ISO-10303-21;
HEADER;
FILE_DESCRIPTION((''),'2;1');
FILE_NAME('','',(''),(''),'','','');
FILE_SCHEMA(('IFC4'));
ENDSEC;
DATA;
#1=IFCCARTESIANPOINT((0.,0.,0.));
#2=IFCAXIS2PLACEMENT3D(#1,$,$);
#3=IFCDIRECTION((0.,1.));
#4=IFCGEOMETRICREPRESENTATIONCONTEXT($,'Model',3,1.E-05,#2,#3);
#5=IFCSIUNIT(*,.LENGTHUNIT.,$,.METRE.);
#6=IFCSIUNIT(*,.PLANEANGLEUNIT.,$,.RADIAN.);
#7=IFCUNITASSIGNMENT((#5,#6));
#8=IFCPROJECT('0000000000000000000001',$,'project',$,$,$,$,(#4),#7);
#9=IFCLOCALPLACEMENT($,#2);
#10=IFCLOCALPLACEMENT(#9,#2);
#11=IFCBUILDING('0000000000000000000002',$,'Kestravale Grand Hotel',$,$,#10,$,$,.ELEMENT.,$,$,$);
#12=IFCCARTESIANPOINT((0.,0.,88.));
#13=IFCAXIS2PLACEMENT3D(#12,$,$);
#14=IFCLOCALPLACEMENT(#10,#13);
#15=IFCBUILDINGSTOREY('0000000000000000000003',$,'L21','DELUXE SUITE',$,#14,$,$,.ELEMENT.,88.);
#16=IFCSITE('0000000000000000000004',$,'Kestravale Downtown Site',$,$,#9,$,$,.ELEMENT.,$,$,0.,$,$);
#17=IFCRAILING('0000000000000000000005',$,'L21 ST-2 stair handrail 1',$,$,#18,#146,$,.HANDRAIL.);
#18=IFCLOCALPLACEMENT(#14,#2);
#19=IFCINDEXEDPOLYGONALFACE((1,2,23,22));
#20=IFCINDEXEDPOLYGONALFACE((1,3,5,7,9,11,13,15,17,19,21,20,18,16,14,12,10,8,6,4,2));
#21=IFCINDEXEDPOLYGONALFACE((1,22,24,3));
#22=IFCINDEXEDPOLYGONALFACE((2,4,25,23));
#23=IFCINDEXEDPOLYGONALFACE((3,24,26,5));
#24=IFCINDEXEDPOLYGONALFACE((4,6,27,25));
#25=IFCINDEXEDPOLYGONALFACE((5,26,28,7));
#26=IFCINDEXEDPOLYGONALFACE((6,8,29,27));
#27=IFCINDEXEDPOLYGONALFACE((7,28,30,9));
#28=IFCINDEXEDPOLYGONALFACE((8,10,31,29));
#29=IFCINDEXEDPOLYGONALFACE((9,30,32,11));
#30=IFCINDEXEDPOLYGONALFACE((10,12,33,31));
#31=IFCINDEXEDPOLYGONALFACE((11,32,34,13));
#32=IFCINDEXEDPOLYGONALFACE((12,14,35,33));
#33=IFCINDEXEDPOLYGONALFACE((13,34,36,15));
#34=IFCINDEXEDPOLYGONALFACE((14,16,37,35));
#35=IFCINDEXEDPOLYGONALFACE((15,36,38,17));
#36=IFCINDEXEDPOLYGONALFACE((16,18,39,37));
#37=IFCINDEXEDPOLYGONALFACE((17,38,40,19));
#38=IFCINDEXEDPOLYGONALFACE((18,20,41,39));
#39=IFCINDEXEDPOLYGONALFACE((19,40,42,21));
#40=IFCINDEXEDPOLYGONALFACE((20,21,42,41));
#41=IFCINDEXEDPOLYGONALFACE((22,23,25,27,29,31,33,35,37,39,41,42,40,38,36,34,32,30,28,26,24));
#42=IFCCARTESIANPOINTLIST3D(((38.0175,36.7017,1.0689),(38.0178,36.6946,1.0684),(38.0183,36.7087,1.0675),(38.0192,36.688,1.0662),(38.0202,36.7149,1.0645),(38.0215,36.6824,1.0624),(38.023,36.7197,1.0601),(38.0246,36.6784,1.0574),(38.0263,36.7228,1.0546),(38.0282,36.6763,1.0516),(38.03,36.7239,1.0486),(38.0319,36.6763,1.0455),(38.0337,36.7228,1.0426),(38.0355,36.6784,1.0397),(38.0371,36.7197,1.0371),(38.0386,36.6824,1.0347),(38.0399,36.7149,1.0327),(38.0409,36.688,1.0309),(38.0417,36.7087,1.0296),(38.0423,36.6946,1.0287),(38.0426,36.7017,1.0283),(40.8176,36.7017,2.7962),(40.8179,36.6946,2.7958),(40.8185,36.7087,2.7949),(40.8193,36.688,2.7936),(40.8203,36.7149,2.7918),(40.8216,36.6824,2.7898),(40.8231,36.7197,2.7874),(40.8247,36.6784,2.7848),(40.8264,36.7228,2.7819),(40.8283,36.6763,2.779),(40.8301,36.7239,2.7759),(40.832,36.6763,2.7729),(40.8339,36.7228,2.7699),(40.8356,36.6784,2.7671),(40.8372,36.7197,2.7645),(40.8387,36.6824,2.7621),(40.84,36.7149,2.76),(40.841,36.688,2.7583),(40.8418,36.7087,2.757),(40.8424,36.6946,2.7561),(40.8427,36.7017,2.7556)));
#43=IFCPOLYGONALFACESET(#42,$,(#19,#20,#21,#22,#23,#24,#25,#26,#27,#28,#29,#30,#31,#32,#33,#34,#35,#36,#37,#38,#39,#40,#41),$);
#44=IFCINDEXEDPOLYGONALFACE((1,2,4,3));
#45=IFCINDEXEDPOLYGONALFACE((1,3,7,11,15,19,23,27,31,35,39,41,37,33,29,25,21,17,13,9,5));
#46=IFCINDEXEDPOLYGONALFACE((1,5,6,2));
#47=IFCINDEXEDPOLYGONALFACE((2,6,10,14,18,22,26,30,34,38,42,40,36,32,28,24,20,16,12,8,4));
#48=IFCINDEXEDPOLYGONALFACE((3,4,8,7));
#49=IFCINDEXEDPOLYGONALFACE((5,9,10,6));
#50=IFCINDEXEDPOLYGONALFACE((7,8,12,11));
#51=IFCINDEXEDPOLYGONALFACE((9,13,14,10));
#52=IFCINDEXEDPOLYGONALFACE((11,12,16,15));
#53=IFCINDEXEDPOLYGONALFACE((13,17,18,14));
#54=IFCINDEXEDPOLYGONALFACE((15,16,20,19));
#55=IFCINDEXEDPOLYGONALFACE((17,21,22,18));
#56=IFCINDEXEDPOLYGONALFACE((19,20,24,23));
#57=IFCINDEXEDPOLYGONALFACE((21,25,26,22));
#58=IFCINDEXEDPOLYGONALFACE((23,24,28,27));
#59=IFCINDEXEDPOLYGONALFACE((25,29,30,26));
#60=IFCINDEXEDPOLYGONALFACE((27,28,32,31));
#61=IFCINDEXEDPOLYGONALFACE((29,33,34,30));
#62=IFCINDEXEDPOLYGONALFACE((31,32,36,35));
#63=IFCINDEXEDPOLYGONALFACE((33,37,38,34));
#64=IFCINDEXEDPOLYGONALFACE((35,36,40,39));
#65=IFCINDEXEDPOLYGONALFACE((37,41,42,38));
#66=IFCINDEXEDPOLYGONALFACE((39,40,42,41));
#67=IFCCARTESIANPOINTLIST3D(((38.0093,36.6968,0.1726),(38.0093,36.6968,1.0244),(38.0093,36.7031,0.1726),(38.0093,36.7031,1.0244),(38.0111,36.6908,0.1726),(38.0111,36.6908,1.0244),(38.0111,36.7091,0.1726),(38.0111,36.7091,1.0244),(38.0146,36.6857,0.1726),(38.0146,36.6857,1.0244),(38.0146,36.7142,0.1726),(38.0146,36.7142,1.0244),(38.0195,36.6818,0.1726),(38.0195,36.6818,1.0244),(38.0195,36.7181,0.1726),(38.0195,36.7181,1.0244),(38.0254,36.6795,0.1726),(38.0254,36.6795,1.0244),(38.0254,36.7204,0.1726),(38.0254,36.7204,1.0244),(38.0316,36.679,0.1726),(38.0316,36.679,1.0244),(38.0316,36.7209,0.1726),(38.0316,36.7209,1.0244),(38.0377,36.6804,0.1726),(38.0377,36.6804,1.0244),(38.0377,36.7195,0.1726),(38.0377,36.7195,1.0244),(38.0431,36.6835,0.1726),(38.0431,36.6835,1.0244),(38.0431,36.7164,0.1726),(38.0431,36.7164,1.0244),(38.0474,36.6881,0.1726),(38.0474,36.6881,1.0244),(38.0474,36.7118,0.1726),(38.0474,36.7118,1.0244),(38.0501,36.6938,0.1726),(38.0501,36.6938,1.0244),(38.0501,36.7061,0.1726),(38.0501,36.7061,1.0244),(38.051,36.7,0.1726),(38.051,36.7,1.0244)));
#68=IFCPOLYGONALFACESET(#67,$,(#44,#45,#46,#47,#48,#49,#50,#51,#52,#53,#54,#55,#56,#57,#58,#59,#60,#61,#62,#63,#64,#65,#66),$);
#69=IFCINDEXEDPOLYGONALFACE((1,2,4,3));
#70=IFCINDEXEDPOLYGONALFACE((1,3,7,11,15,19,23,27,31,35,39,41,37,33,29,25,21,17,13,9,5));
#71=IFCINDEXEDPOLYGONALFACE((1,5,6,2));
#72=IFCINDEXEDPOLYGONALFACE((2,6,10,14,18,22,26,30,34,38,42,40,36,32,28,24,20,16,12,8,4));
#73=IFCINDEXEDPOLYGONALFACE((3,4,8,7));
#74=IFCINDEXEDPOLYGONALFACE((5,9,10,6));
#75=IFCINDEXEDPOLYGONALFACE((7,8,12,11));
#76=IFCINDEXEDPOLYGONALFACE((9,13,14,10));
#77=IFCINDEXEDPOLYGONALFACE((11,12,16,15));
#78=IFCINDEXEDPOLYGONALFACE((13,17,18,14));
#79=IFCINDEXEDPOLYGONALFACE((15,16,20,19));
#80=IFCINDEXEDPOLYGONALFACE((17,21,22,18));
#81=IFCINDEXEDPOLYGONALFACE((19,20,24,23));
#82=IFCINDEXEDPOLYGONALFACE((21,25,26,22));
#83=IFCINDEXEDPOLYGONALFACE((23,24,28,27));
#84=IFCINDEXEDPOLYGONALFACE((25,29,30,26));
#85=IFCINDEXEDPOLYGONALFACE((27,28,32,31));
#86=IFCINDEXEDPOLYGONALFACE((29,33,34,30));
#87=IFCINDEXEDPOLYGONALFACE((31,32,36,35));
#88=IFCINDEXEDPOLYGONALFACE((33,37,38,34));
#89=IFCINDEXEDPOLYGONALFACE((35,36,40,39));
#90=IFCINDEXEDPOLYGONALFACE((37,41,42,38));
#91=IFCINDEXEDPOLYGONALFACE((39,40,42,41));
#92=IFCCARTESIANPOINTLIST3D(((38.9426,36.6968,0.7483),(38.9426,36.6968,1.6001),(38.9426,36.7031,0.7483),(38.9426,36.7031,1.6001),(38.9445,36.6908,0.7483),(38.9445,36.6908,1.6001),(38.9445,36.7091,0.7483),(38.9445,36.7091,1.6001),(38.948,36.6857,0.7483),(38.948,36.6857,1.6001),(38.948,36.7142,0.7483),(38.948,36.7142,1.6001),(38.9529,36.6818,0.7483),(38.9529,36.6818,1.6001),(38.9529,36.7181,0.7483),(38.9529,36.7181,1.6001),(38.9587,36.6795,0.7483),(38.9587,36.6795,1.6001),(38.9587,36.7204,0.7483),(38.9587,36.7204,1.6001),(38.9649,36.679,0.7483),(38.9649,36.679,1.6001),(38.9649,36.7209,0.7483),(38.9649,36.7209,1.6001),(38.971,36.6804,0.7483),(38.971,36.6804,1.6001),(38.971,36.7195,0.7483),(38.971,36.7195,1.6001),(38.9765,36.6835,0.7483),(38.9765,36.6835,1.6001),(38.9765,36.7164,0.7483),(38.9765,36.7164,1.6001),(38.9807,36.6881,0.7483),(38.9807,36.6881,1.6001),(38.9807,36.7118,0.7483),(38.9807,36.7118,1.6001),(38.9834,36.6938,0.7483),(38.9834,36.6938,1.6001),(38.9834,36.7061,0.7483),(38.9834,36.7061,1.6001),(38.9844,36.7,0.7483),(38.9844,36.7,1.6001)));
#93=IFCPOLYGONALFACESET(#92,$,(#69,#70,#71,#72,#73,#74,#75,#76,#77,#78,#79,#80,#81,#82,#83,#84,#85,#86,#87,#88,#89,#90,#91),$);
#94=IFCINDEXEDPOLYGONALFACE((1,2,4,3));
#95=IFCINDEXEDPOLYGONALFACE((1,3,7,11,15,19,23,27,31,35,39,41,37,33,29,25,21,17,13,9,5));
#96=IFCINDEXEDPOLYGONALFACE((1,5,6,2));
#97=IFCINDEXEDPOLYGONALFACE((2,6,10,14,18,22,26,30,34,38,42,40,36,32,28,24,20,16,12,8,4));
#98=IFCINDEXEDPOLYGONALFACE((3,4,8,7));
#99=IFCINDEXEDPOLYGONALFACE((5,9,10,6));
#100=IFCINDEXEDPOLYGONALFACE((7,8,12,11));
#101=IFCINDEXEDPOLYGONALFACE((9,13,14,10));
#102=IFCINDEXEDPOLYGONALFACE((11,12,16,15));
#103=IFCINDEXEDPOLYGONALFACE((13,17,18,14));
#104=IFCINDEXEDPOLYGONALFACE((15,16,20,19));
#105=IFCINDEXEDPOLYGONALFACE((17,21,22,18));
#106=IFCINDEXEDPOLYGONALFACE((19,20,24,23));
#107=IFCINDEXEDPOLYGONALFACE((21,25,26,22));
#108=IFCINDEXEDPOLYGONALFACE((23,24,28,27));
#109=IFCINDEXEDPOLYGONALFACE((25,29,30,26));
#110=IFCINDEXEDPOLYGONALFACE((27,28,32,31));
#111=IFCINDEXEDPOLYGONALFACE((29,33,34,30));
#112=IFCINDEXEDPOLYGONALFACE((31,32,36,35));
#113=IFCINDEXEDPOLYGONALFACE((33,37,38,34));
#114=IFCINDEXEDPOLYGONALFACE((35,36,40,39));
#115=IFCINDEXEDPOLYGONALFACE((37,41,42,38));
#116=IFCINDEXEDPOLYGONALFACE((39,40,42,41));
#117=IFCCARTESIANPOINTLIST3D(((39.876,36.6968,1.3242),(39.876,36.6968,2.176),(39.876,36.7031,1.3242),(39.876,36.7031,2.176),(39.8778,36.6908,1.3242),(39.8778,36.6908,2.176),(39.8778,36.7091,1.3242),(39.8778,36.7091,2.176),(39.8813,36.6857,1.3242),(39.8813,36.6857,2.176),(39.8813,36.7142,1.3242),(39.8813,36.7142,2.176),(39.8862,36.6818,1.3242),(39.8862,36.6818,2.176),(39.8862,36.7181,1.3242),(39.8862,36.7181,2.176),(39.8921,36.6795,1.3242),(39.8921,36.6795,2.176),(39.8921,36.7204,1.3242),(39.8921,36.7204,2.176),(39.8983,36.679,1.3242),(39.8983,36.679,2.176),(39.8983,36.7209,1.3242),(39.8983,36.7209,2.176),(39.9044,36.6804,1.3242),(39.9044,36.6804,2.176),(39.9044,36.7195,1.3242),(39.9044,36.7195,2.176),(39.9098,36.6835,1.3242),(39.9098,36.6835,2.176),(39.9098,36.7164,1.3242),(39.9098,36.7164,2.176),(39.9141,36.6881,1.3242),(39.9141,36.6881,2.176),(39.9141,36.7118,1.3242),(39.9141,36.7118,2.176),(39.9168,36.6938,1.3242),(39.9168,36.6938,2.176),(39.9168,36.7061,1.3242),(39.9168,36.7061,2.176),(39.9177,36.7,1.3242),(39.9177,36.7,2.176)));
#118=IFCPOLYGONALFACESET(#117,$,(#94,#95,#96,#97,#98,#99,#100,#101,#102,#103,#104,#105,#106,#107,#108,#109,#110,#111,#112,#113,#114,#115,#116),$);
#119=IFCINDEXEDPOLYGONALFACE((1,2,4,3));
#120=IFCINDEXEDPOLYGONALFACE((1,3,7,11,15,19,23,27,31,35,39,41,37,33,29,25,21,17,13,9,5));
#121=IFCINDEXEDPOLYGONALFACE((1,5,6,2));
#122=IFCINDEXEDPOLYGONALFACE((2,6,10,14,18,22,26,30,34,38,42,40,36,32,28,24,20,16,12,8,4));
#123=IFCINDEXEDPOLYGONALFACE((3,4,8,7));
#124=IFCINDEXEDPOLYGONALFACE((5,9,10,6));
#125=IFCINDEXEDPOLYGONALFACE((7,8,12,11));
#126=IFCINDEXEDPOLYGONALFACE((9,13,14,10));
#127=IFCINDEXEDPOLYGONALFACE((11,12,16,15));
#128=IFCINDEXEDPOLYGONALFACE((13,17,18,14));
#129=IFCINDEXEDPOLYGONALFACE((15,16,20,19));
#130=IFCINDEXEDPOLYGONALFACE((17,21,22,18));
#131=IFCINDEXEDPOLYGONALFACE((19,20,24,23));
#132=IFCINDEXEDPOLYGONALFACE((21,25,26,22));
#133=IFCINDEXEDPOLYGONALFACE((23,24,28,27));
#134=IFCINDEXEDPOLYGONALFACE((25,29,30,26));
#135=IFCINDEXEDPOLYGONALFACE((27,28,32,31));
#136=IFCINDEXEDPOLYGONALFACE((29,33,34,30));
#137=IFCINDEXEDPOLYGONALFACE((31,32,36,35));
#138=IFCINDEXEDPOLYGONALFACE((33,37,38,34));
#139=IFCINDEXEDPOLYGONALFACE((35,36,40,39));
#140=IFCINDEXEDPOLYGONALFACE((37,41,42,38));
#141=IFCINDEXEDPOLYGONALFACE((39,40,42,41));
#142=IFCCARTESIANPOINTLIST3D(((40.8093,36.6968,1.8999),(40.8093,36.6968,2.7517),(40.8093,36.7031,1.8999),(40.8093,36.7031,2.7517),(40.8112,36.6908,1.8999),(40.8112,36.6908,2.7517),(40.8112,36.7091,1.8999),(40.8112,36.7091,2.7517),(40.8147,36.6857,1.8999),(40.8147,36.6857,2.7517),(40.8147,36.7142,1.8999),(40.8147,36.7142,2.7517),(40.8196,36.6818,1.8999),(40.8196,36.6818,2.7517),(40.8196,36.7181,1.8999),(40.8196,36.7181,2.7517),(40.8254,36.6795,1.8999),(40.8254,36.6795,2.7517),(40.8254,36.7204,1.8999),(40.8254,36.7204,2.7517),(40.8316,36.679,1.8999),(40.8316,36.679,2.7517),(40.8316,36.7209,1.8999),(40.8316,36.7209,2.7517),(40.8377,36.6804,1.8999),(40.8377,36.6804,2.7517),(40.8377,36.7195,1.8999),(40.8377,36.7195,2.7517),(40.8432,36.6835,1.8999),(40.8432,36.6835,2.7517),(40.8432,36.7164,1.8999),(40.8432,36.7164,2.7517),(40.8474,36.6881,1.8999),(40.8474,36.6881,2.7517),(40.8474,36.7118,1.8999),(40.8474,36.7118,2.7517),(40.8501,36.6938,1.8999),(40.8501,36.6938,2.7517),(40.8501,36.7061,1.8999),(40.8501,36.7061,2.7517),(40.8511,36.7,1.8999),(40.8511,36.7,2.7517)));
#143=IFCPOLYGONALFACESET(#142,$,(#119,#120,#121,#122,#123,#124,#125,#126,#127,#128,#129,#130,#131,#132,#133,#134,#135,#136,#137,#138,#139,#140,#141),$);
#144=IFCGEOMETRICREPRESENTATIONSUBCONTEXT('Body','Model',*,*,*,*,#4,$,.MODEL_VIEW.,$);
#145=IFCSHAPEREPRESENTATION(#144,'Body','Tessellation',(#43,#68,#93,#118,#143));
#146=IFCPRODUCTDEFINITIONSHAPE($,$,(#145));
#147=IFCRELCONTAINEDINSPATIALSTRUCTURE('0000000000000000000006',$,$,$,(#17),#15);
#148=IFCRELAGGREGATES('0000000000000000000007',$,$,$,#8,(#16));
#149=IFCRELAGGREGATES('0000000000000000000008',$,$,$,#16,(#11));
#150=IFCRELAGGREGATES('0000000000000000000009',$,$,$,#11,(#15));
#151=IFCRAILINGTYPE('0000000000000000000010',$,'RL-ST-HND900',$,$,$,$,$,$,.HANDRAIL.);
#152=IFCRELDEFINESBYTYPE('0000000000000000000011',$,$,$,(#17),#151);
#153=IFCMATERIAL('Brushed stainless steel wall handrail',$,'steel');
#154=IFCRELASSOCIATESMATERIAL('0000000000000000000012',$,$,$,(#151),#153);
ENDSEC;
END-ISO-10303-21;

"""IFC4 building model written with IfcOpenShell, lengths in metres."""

from ifc_helpers import new_model, si_unit, direction, frame, origin, origin_2d, place, context, subcontext, project, spatial, circle, extrude, material, type_object, element, save


model = new_model("IFC4")

# Units and contexts
model_context = context("Model", 3, precision=1e-05, world=origin(), true_north=direction((0.0, 1.0)))
body_context = subcontext(model_context, "Body", "Model", "MODEL_VIEW")
ifc_project = project(units=[si_unit("LENGTHUNIT", "METRE"), si_unit("PLANEANGLEUNIT", "RADIAN")], contexts=[model_context])

# Site, building, storey
site_placement = place(None, origin())
site = spatial("IfcSite", under=ifc_project, at=site_placement, Name="Kestravale Downtown Site", CompositionType="ELEMENT", RefElevation=0.0)
building_placement = place(site_placement, origin())
building = spatial("IfcBuilding", under=site, at=building_placement, Name="Kestravale Grand Hotel", CompositionType="ELEMENT")
storey_placement = place(building_placement, frame((0.0, 0.0, 88.0)))
storey = spatial("IfcBuildingStorey", under=building, at=storey_placement, Name="L21", Description="DELUXE SUITE", CompositionType="ELEMENT", Elevation=88.0)

# Railing
ifc_material_1 = material(Name="Brushed stainless steel wall handrail", Category="steel")
railing_type_1 = type_object("IfcRailingType", Name="RL-ST-HND900", PredefinedType="HANDRAIL", material=ifc_material_1)
railing_1_placement = place(storey_placement, frame((38.03, 36.7, 0.1726)))
element("IfcRailing", 1, at=railing_1_placement, inside=storey, type_object=railing_type_1, Name="L21 ST-2 stair handrail 1", PredefinedType="HANDRAIL", context=body_context, shape_type="SweptSolid", body=[
    extrude(circle(Radius=0.0239, at=origin_2d()), frame((0.0, 0.0, 0.876), z_axis=(0.85109, 0.0, 0.52502), x_axis=(0.0, 1.0, 0.0)), (0.0, 0.0, 1.0), 3.29),
    extrude(circle(Radius=0.021, at=origin_2d()), origin(), (0.0, 0.0, 1.0), 0.8518),
    extrude(circle(Radius=0.021, at=origin_2d()), frame((0.9333, 0.0, 0.5757)), (0.0, 0.0, 1.0), 0.8518),
    extrude(circle(Radius=0.021, at=origin_2d()), frame((1.8667, 0.0, 1.1516)), (0.0, 0.0, 1.0), 0.8518),
    extrude(circle(Radius=0.021, at=origin_2d()), frame((2.8, 0.0, 1.7273)), (0.0, 0.0, 1.0), 0.8518),
])

save(model, "model.ifc")
